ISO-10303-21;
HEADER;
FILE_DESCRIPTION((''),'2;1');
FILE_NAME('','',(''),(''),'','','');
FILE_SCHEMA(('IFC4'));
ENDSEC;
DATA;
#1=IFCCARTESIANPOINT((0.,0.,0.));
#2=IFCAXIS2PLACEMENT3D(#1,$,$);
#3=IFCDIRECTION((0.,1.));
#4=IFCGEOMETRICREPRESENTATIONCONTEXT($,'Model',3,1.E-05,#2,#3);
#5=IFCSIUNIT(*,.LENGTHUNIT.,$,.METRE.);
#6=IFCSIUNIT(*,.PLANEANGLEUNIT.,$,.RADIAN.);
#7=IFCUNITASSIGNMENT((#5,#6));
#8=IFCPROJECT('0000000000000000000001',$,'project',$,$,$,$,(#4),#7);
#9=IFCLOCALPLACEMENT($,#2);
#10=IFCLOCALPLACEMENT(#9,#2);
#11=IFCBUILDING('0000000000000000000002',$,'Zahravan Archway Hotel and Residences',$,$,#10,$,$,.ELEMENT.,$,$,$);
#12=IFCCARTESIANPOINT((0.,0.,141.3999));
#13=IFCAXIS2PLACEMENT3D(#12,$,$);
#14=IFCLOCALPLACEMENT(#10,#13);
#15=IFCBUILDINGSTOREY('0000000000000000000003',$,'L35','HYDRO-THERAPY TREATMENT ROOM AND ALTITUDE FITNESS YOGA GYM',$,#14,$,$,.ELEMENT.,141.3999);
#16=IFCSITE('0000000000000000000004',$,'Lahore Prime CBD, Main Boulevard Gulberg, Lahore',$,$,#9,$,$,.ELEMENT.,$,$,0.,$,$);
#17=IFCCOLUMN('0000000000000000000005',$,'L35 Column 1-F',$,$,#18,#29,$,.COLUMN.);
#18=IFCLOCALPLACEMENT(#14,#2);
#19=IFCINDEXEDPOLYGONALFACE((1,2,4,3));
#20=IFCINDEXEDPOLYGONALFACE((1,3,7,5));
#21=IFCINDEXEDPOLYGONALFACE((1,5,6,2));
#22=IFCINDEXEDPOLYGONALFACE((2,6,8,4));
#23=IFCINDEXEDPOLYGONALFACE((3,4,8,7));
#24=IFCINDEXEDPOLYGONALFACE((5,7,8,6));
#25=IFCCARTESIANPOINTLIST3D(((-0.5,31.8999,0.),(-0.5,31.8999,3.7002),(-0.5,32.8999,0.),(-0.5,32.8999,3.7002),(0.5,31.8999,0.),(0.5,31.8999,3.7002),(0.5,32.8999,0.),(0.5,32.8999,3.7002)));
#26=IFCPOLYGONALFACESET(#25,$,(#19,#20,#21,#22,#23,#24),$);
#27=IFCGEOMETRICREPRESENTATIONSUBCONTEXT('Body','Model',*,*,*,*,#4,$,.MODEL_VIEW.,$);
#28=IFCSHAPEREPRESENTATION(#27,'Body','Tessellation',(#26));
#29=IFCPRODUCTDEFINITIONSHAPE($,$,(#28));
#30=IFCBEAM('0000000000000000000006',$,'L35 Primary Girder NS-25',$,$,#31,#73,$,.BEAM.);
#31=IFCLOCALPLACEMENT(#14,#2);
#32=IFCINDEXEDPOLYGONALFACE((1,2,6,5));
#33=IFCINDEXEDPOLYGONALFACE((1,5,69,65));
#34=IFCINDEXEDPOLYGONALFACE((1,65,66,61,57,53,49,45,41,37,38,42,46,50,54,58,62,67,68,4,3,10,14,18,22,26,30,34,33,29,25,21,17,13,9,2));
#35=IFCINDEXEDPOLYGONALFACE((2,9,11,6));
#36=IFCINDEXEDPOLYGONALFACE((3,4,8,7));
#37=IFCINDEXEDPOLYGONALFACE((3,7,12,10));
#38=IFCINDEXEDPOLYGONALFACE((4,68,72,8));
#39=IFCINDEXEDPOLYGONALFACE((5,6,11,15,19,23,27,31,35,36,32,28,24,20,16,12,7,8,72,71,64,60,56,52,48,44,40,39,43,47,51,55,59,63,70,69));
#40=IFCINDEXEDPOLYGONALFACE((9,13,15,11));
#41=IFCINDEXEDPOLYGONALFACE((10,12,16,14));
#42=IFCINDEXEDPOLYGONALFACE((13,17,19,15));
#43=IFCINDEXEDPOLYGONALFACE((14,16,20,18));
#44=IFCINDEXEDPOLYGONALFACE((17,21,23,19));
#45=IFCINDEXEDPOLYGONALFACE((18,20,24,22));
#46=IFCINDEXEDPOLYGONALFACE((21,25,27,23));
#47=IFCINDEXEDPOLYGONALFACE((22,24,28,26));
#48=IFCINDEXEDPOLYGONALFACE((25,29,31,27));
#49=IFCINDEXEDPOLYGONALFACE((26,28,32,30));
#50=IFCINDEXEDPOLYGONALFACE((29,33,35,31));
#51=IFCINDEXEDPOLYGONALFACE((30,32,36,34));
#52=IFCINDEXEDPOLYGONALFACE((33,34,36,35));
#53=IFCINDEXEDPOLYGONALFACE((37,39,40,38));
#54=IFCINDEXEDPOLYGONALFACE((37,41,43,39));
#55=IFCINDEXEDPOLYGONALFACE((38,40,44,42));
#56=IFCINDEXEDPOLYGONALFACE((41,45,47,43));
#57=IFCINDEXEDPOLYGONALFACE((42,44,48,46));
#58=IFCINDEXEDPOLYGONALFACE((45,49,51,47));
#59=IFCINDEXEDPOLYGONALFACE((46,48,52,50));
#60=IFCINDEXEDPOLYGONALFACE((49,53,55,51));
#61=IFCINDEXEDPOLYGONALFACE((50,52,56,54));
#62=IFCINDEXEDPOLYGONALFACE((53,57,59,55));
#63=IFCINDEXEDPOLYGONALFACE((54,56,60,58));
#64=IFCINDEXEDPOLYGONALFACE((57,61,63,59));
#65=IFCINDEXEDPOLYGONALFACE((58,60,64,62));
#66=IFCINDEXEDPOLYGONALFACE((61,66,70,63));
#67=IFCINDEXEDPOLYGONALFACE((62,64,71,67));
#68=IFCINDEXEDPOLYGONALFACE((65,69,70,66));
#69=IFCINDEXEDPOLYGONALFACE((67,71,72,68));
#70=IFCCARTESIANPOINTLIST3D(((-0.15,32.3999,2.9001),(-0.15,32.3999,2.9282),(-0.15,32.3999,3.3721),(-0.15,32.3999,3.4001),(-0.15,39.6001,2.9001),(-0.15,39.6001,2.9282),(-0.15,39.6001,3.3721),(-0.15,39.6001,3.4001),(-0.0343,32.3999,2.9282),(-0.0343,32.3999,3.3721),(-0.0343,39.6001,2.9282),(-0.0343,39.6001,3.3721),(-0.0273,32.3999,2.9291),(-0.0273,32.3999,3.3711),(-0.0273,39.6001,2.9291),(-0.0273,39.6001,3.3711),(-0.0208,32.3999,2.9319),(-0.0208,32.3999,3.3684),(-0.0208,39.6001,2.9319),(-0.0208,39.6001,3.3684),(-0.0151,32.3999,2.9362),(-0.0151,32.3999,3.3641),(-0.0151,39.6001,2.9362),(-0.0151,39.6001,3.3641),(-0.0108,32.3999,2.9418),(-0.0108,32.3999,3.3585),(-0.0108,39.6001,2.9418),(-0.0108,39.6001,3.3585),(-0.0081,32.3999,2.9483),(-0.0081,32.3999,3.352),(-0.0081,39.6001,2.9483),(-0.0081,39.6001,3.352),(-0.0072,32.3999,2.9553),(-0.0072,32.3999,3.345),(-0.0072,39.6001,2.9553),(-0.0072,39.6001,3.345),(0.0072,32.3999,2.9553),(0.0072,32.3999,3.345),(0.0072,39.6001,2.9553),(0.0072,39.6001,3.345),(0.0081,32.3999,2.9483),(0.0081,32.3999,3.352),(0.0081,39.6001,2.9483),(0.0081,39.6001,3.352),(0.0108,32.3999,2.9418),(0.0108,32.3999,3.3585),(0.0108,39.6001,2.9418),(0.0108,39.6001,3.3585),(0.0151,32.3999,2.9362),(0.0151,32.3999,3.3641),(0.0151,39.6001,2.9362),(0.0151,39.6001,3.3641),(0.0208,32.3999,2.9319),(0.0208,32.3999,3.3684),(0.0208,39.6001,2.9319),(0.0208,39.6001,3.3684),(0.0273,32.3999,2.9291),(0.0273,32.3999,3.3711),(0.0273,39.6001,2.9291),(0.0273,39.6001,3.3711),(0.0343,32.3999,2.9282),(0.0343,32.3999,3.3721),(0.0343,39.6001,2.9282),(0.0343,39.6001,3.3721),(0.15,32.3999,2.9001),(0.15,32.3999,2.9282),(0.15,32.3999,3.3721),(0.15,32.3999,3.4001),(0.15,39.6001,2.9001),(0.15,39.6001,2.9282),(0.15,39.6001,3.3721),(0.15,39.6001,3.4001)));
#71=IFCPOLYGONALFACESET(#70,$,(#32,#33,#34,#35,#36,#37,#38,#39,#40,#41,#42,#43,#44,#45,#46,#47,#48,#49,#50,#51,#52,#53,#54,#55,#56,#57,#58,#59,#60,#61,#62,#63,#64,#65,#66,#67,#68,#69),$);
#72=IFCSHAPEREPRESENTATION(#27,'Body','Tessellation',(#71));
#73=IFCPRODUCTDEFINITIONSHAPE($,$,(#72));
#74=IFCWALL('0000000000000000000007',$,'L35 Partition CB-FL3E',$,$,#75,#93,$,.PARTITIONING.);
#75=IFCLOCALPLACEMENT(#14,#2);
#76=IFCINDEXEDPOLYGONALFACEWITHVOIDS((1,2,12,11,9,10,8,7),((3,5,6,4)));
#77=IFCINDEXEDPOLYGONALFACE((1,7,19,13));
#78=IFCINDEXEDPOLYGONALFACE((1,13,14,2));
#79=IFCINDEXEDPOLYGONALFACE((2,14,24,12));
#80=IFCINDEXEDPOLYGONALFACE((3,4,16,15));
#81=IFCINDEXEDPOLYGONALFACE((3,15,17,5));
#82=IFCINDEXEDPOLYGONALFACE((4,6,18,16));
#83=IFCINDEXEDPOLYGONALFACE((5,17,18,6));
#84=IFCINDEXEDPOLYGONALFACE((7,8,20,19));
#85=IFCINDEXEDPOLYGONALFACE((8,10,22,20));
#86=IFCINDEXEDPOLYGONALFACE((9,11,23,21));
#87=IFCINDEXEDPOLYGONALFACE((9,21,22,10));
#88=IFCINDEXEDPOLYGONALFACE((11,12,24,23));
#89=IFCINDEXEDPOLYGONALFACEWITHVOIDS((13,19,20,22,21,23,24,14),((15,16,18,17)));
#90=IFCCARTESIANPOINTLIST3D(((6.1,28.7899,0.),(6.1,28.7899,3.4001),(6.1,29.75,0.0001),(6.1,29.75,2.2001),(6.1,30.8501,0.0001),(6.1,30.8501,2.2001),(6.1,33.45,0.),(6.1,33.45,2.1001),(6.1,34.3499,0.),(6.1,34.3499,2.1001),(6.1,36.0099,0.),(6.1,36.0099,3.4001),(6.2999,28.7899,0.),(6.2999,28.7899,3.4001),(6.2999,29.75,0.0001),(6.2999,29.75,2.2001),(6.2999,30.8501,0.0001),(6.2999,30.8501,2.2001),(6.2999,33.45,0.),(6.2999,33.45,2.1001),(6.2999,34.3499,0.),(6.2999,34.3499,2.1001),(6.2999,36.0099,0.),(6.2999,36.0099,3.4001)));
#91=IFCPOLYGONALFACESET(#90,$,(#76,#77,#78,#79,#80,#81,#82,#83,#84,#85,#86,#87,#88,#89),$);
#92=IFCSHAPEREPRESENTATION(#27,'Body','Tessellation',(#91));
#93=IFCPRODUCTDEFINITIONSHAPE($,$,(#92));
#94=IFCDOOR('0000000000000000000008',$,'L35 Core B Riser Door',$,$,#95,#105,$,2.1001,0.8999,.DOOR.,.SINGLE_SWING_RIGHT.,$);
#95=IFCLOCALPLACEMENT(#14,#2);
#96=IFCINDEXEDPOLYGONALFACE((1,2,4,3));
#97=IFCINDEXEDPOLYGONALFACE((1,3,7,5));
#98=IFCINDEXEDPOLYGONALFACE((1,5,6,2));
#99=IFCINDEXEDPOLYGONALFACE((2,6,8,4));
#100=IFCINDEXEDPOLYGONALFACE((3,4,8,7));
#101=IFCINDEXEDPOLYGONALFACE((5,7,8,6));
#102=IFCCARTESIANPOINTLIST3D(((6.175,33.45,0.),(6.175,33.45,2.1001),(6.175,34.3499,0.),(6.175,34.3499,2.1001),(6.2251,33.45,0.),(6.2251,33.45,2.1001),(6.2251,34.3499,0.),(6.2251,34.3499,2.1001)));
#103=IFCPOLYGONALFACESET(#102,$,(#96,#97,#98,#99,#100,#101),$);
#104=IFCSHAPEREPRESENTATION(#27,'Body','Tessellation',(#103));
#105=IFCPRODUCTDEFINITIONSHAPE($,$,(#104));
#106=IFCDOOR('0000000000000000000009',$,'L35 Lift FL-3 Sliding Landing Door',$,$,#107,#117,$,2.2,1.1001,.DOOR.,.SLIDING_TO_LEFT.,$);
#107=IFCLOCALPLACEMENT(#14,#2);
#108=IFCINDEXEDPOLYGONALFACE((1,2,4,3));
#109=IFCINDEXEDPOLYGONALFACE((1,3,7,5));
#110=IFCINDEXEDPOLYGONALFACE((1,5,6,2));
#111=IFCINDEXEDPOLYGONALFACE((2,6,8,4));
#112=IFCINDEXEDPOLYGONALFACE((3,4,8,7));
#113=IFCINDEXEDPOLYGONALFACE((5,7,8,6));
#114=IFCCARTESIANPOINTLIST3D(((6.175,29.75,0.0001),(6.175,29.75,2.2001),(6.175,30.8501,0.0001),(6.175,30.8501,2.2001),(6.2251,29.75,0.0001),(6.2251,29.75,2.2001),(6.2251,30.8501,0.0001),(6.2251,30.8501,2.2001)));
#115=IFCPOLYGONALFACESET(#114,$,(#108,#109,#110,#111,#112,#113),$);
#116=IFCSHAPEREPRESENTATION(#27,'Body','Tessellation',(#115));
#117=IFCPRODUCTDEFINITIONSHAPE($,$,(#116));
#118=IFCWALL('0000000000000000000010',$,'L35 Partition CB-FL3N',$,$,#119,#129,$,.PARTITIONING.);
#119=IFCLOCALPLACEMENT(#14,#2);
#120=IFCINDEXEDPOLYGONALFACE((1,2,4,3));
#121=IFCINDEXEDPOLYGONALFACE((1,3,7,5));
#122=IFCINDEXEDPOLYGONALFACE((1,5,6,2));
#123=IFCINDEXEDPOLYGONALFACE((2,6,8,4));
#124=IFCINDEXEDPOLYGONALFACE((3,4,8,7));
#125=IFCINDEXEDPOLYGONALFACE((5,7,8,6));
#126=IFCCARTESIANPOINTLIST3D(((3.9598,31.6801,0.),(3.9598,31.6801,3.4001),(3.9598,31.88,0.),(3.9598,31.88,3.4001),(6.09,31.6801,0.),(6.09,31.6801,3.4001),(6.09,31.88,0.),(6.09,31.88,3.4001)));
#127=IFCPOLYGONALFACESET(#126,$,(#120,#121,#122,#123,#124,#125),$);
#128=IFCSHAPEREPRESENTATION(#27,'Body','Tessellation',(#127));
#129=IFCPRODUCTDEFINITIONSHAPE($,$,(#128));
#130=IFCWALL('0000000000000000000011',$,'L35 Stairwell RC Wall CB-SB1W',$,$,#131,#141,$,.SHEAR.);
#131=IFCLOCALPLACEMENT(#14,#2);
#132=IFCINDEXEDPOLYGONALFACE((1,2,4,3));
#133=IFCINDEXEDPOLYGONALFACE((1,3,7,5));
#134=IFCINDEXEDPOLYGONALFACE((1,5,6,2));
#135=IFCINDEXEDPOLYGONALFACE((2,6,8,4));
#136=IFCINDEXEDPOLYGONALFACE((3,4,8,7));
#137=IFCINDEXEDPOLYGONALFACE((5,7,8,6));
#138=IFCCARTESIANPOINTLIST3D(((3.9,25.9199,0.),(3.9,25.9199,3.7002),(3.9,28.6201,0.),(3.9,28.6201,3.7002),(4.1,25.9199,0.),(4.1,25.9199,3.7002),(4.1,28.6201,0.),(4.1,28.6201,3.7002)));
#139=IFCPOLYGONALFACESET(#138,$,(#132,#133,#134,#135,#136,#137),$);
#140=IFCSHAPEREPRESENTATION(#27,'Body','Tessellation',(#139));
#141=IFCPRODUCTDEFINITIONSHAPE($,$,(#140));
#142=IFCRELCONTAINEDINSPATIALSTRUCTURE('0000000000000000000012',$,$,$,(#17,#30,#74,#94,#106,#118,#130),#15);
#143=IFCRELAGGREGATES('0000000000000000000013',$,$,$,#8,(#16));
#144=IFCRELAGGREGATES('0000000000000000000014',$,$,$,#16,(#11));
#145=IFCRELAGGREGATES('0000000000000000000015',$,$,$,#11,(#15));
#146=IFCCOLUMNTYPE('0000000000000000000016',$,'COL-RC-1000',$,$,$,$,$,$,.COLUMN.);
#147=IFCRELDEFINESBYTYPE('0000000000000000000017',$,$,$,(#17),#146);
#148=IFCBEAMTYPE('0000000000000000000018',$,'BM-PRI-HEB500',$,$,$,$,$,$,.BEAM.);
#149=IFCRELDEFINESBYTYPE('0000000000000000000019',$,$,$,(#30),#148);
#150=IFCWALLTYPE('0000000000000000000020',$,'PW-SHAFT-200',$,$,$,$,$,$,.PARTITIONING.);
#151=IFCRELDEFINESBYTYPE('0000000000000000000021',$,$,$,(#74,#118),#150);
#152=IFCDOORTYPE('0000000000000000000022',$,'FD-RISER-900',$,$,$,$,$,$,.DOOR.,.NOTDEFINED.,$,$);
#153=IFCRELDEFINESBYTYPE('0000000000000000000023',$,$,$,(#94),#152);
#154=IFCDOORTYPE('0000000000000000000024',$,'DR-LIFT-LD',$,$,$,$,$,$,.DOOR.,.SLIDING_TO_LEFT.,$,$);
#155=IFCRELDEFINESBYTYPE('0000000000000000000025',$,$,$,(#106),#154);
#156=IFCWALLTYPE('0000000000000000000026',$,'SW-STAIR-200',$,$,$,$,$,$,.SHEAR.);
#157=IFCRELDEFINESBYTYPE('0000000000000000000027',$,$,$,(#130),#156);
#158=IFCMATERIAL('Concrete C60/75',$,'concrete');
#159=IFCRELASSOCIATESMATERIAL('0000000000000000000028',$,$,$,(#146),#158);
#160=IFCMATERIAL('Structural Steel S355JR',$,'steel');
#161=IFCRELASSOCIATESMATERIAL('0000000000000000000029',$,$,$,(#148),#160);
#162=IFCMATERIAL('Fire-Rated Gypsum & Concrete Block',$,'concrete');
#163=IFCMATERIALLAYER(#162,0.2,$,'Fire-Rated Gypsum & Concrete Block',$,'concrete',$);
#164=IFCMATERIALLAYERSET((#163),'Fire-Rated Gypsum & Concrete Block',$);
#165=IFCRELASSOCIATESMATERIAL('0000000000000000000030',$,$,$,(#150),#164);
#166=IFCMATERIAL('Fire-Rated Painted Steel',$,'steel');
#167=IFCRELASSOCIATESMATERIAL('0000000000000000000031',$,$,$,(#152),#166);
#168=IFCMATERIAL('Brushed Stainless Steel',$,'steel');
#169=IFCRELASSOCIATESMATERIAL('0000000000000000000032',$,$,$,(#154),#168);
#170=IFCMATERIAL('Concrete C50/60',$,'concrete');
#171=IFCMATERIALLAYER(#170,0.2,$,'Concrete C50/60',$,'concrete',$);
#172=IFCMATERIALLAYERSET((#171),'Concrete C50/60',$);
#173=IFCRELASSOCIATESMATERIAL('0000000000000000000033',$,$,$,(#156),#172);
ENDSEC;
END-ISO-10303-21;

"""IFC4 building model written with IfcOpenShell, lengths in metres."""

from ifc_helpers import new_model, si_unit, direction, frame, frame_2d, origin, origin_2d, place, context, subcontext, project, spatial, rectangle, i_section, extrude, source, transform, mapped, material, layer, layer_set, material_profile, profile_set, type_object, type_shapes, element, fill, save


model = new_model("IFC4")

# Units and contexts
model_context = context("Model", 3, precision=1e-05, world=origin(), true_north=direction((0.0, 1.0)))
body_context = subcontext(model_context, "Body", "Model", "MODEL_VIEW")
ifc_project = project(units=[si_unit("LENGTHUNIT", "METRE"), si_unit("PLANEANGLEUNIT", "RADIAN")], contexts=[model_context])

# Site, building, storey
site_placement = place(None, origin())
site = spatial("IfcSite", under=ifc_project, at=site_placement, Name="Lahore Prime CBD, Main Boulevard Gulberg, Lahore", CompositionType="ELEMENT", RefElevation=0.0)
building_placement = place(site_placement, origin())
building = spatial("IfcBuilding", under=site, at=building_placement, Name="Zahravan Archway Hotel and Residences", CompositionType="ELEMENT")
storey_placement = place(building_placement, frame((0.0, 0.0, 141.3999)))
storey = spatial("IfcBuildingStorey", under=building, at=storey_placement, Name="L35", Description="HYDRO-THERAPY TREATMENT ROOM AND ALTITUDE FITNESS YOGA GYM", CompositionType="ELEMENT", Elevation=141.3999)

# Column
ifc_material_1 = material(Name="Concrete C60/75", Category="concrete")
ifc_material_profile_1 = material_profile(ifc_material_1, rectangle(XDim=1.0, YDim=1.0, at=origin_2d()), Name="RC-COL-1000x1000", Category="concrete")
ifc_profile_set_1 = profile_set([ifc_material_profile_1], Name="Concrete C60/75")
column_type = type_object("IfcColumnType", Name="COL-RC-1000", PredefinedType="COLUMN", material=ifc_profile_set_1)
shared_shape_1 = source(origin(), body_context, "Body", "SweptSolid", [
    extrude(rectangle(XDim=1.0, YDim=1.0, at=origin_2d()), origin(), (0.0, 0.0, 1.0), 3.7002),
])
column_placement = place(storey_placement, frame((0.0, 32.3999, 0.0), z_axis=(0.0, 0.0, 1.0), x_axis=(1.0, 0.0, 0.0)))
element("IfcColumn", 1, at=column_placement, inside=storey, type_object=column_type, Name="L35 Column 1-F", PredefinedType="COLUMN", context=body_context, shape_type="MappedRepresentation", body=[
    mapped(shared_shape_1, transform((0.0, 0.0, 0.0), scale=1.0)),
])

# Beam
ifc_material_2 = material(Name="Structural Steel S355JR", Category="steel")
ifc_material_profile_2 = material_profile(ifc_material_2, i_section(OverallWidth=0.3, OverallDepth=0.5, WebThickness=0.0144, FlangeThickness=0.0281, FilletRadius=0.0271, at=origin_2d()), Name="HEB 500", Category="steel")
ifc_profile_set_2 = profile_set([ifc_material_profile_2], Name="Structural Steel S355JR")
beam_type = type_object("IfcBeamType", Name="BM-PRI-HEB500", PredefinedType="BEAM", material=ifc_profile_set_2)
shared_shape_2 = source(origin(), body_context, "Body", "SweptSolid", [
    extrude(i_section(OverallWidth=0.3, OverallDepth=0.5, WebThickness=0.0144, FlangeThickness=0.0281, FilletRadius=0.0271, at=origin_2d()), origin(), (0.0, 0.0, 1.0), 7.2002),
])
type_shapes(beam_type, [shared_shape_2])
beam_placement = place(storey_placement, frame((0.0, 32.3999, 3.1501), z_axis=(0.0, 1.0, 0.0), x_axis=(-1.0, 0.0, 0.0)))
element("IfcBeam", 2, at=beam_placement, inside=storey, type_object=beam_type, Name="L35 Primary Girder NS-25", PredefinedType="BEAM", context=body_context, shape_type="MappedRepresentation", body=[
    mapped(shared_shape_2, transform((0.0, 0.0, 0.0), scale=1.0)),
])

# Wall, openings, doors
ifc_material_3 = material(Name="Fire-Rated Gypsum & Concrete Block", Category="concrete")
ifc_layer_1 = layer(ifc_material_3, 0.2, Name="Fire-Rated Gypsum & Concrete Block", Category="concrete")
ifc_layer_set_1 = layer_set([ifc_layer_1], Name="Fire-Rated Gypsum & Concrete Block")
wall_type_1 = type_object("IfcWallType", Name="PW-SHAFT-200", PredefinedType="PARTITIONING", material=ifc_layer_set_1)
wall_1_placement = place(storey_placement, frame((6.2, 28.79, 0.0), z_axis=(0.0, 0.0, 1.0), x_axis=(0.0, 1.0, 0.0)))
wall_1 = element("IfcWall", 3, at=wall_1_placement, inside=storey, type_object=wall_type_1, Name="L35 Partition CB-FL3E", PredefinedType="PARTITIONING", context=body_context, shape_type="SweptSolid", body=[
    extrude(rectangle(XDim=7.22, YDim=0.2, at=frame_2d((3.6099, 0.0))), origin(), (0.0, 0.0, 1.0), 3.4001),
])
opening_1_placement = place(wall_1_placement, frame((4.6599, 0.0, 0.0)))
opening_1 = element("IfcOpeningElement", 4, at=opening_1_placement, cuts=wall_1, PredefinedType="OPENING", context=body_context, shape_type="SweptSolid", body=[
    extrude(rectangle(XDim=0.8999, YDim=2.1001, at=frame_2d((0.45, 1.05))), frame((0.0, 0.1099, 0.0), z_axis=(0.0, -1.0, 0.0), x_axis=(1.0, 0.0, 0.0)), (0.0, 0.0, 1.0), 0.22),
])
opening_2_placement = place(wall_1_placement, frame((0.96, 0.0, 0.0)))
opening_2 = element("IfcOpeningElement", 5, at=opening_2_placement, cuts=wall_1, PredefinedType="OPENING", context=body_context, shape_type="SweptSolid", body=[
    extrude(rectangle(XDim=1.1001, YDim=2.2, at=frame_2d((0.55, 1.1001))), frame((0.0, 0.1099, 0.0), z_axis=(0.0, -1.0, 0.0), x_axis=(1.0, 0.0, 0.0)), (0.0, 0.0, 1.0), 0.22),
])
ifc_material_4 = material(Name="Fire-Rated Painted Steel", Category="steel")
door_type_1 = type_object("IfcDoorType", Name="FD-RISER-900", OperationType="NOTDEFINED", PredefinedType="DOOR", material=ifc_material_4)
shared_shape_3 = source(origin(), body_context, "Body", "SweptSolid", [
    extrude(rectangle(XDim=0.8999, YDim=2.1001, at=frame_2d((0.45, 1.05))), frame((0.0, 0.0249, 0.0), z_axis=(0.0, -1.0, 0.0), x_axis=(1.0, 0.0, 0.0)), (0.0, 0.0, 1.0), 0.05),
])
type_shapes(door_type_1, [shared_shape_3])
door_1_placement = place(opening_1_placement, origin())
door_1 = element("IfcDoor", 6, at=door_1_placement, inside=storey, type_object=door_type_1, Name="L35 Core B Riser Door", OperationType="SINGLE_SWING_RIGHT", OverallHeight=2.1001, OverallWidth=0.8999, PredefinedType="DOOR", context=body_context, shape_type="MappedRepresentation", body=[
    mapped(shared_shape_3, transform((0.0, 0.0, 0.0), scale=1.0)),
])
fill(opening_1, door_1)
ifc_material_5 = material(Name="Brushed Stainless Steel", Category="steel")
door_type_2 = type_object("IfcDoorType", Name="DR-LIFT-LD", OperationType="SLIDING_TO_LEFT", PredefinedType="DOOR", material=ifc_material_5)
shared_shape_4 = source(origin(), body_context, "Body", "SweptSolid", [
    extrude(rectangle(XDim=1.1001, YDim=2.2, at=frame_2d((0.55, 1.1001))), frame((0.0, 0.0249, 0.0), z_axis=(0.0, -1.0, 0.0), x_axis=(1.0, 0.0, 0.0)), (0.0, 0.0, 1.0), 0.05),
])
type_shapes(door_type_2, [shared_shape_4])
door_2_placement = place(opening_2_placement, origin())
door_2 = element("IfcDoor", 7, at=door_2_placement, inside=storey, type_object=door_type_2, Name="L35 Lift FL-3 Sliding Landing Door", OperationType="SLIDING_TO_LEFT", OverallHeight=2.2, OverallWidth=1.1001, PredefinedType="DOOR", context=body_context, shape_type="MappedRepresentation", body=[
    mapped(shared_shape_4, transform((0.0, 0.0, 0.0), scale=1.0)),
])
fill(opening_2, door_2)

# Walls
wall_2_placement = place(storey_placement, frame((3.96, 31.78, 0.0), z_axis=(0.0, 0.0, 1.0), x_axis=(1.0, 0.0, 0.0)))
element("IfcWall", 8, at=wall_2_placement, inside=storey, type_object=wall_type_1, Name="L35 Partition CB-FL3N", PredefinedType="PARTITIONING", context=body_context, shape_type="SweptSolid", body=[
    extrude(rectangle(XDim=2.1301, YDim=0.2, at=frame_2d((1.0649, 0.0))), origin(), (0.0, 0.0, 1.0), 3.4001),
])
ifc_material_6 = material(Name="Concrete C50/60", Category="concrete")
ifc_layer_2 = layer(ifc_material_6, 0.2, Name="Concrete C50/60", Category="concrete")
ifc_layer_set_2 = layer_set([ifc_layer_2], Name="Concrete C50/60")
wall_type_2 = type_object("IfcWallType", Name="SW-STAIR-200", PredefinedType="SHEAR", material=ifc_layer_set_2)
wall_3_placement = place(storey_placement, frame((4.0, 25.9199, 0.0), z_axis=(0.0, 0.0, 1.0), x_axis=(0.0, 1.0, 0.0)))
element("IfcWall", 9, at=wall_3_placement, inside=storey, type_object=wall_type_2, Name="L35 Stairwell RC Wall CB-SB1W", PredefinedType="SHEAR", context=body_context, shape_type="SweptSolid", body=[
    extrude(rectangle(XDim=2.7002, YDim=0.2, at=frame_2d((1.3501, 0.0))), origin(), (0.0, 0.0, 1.0), 3.7002),
])

save(model, "model.ifc")
